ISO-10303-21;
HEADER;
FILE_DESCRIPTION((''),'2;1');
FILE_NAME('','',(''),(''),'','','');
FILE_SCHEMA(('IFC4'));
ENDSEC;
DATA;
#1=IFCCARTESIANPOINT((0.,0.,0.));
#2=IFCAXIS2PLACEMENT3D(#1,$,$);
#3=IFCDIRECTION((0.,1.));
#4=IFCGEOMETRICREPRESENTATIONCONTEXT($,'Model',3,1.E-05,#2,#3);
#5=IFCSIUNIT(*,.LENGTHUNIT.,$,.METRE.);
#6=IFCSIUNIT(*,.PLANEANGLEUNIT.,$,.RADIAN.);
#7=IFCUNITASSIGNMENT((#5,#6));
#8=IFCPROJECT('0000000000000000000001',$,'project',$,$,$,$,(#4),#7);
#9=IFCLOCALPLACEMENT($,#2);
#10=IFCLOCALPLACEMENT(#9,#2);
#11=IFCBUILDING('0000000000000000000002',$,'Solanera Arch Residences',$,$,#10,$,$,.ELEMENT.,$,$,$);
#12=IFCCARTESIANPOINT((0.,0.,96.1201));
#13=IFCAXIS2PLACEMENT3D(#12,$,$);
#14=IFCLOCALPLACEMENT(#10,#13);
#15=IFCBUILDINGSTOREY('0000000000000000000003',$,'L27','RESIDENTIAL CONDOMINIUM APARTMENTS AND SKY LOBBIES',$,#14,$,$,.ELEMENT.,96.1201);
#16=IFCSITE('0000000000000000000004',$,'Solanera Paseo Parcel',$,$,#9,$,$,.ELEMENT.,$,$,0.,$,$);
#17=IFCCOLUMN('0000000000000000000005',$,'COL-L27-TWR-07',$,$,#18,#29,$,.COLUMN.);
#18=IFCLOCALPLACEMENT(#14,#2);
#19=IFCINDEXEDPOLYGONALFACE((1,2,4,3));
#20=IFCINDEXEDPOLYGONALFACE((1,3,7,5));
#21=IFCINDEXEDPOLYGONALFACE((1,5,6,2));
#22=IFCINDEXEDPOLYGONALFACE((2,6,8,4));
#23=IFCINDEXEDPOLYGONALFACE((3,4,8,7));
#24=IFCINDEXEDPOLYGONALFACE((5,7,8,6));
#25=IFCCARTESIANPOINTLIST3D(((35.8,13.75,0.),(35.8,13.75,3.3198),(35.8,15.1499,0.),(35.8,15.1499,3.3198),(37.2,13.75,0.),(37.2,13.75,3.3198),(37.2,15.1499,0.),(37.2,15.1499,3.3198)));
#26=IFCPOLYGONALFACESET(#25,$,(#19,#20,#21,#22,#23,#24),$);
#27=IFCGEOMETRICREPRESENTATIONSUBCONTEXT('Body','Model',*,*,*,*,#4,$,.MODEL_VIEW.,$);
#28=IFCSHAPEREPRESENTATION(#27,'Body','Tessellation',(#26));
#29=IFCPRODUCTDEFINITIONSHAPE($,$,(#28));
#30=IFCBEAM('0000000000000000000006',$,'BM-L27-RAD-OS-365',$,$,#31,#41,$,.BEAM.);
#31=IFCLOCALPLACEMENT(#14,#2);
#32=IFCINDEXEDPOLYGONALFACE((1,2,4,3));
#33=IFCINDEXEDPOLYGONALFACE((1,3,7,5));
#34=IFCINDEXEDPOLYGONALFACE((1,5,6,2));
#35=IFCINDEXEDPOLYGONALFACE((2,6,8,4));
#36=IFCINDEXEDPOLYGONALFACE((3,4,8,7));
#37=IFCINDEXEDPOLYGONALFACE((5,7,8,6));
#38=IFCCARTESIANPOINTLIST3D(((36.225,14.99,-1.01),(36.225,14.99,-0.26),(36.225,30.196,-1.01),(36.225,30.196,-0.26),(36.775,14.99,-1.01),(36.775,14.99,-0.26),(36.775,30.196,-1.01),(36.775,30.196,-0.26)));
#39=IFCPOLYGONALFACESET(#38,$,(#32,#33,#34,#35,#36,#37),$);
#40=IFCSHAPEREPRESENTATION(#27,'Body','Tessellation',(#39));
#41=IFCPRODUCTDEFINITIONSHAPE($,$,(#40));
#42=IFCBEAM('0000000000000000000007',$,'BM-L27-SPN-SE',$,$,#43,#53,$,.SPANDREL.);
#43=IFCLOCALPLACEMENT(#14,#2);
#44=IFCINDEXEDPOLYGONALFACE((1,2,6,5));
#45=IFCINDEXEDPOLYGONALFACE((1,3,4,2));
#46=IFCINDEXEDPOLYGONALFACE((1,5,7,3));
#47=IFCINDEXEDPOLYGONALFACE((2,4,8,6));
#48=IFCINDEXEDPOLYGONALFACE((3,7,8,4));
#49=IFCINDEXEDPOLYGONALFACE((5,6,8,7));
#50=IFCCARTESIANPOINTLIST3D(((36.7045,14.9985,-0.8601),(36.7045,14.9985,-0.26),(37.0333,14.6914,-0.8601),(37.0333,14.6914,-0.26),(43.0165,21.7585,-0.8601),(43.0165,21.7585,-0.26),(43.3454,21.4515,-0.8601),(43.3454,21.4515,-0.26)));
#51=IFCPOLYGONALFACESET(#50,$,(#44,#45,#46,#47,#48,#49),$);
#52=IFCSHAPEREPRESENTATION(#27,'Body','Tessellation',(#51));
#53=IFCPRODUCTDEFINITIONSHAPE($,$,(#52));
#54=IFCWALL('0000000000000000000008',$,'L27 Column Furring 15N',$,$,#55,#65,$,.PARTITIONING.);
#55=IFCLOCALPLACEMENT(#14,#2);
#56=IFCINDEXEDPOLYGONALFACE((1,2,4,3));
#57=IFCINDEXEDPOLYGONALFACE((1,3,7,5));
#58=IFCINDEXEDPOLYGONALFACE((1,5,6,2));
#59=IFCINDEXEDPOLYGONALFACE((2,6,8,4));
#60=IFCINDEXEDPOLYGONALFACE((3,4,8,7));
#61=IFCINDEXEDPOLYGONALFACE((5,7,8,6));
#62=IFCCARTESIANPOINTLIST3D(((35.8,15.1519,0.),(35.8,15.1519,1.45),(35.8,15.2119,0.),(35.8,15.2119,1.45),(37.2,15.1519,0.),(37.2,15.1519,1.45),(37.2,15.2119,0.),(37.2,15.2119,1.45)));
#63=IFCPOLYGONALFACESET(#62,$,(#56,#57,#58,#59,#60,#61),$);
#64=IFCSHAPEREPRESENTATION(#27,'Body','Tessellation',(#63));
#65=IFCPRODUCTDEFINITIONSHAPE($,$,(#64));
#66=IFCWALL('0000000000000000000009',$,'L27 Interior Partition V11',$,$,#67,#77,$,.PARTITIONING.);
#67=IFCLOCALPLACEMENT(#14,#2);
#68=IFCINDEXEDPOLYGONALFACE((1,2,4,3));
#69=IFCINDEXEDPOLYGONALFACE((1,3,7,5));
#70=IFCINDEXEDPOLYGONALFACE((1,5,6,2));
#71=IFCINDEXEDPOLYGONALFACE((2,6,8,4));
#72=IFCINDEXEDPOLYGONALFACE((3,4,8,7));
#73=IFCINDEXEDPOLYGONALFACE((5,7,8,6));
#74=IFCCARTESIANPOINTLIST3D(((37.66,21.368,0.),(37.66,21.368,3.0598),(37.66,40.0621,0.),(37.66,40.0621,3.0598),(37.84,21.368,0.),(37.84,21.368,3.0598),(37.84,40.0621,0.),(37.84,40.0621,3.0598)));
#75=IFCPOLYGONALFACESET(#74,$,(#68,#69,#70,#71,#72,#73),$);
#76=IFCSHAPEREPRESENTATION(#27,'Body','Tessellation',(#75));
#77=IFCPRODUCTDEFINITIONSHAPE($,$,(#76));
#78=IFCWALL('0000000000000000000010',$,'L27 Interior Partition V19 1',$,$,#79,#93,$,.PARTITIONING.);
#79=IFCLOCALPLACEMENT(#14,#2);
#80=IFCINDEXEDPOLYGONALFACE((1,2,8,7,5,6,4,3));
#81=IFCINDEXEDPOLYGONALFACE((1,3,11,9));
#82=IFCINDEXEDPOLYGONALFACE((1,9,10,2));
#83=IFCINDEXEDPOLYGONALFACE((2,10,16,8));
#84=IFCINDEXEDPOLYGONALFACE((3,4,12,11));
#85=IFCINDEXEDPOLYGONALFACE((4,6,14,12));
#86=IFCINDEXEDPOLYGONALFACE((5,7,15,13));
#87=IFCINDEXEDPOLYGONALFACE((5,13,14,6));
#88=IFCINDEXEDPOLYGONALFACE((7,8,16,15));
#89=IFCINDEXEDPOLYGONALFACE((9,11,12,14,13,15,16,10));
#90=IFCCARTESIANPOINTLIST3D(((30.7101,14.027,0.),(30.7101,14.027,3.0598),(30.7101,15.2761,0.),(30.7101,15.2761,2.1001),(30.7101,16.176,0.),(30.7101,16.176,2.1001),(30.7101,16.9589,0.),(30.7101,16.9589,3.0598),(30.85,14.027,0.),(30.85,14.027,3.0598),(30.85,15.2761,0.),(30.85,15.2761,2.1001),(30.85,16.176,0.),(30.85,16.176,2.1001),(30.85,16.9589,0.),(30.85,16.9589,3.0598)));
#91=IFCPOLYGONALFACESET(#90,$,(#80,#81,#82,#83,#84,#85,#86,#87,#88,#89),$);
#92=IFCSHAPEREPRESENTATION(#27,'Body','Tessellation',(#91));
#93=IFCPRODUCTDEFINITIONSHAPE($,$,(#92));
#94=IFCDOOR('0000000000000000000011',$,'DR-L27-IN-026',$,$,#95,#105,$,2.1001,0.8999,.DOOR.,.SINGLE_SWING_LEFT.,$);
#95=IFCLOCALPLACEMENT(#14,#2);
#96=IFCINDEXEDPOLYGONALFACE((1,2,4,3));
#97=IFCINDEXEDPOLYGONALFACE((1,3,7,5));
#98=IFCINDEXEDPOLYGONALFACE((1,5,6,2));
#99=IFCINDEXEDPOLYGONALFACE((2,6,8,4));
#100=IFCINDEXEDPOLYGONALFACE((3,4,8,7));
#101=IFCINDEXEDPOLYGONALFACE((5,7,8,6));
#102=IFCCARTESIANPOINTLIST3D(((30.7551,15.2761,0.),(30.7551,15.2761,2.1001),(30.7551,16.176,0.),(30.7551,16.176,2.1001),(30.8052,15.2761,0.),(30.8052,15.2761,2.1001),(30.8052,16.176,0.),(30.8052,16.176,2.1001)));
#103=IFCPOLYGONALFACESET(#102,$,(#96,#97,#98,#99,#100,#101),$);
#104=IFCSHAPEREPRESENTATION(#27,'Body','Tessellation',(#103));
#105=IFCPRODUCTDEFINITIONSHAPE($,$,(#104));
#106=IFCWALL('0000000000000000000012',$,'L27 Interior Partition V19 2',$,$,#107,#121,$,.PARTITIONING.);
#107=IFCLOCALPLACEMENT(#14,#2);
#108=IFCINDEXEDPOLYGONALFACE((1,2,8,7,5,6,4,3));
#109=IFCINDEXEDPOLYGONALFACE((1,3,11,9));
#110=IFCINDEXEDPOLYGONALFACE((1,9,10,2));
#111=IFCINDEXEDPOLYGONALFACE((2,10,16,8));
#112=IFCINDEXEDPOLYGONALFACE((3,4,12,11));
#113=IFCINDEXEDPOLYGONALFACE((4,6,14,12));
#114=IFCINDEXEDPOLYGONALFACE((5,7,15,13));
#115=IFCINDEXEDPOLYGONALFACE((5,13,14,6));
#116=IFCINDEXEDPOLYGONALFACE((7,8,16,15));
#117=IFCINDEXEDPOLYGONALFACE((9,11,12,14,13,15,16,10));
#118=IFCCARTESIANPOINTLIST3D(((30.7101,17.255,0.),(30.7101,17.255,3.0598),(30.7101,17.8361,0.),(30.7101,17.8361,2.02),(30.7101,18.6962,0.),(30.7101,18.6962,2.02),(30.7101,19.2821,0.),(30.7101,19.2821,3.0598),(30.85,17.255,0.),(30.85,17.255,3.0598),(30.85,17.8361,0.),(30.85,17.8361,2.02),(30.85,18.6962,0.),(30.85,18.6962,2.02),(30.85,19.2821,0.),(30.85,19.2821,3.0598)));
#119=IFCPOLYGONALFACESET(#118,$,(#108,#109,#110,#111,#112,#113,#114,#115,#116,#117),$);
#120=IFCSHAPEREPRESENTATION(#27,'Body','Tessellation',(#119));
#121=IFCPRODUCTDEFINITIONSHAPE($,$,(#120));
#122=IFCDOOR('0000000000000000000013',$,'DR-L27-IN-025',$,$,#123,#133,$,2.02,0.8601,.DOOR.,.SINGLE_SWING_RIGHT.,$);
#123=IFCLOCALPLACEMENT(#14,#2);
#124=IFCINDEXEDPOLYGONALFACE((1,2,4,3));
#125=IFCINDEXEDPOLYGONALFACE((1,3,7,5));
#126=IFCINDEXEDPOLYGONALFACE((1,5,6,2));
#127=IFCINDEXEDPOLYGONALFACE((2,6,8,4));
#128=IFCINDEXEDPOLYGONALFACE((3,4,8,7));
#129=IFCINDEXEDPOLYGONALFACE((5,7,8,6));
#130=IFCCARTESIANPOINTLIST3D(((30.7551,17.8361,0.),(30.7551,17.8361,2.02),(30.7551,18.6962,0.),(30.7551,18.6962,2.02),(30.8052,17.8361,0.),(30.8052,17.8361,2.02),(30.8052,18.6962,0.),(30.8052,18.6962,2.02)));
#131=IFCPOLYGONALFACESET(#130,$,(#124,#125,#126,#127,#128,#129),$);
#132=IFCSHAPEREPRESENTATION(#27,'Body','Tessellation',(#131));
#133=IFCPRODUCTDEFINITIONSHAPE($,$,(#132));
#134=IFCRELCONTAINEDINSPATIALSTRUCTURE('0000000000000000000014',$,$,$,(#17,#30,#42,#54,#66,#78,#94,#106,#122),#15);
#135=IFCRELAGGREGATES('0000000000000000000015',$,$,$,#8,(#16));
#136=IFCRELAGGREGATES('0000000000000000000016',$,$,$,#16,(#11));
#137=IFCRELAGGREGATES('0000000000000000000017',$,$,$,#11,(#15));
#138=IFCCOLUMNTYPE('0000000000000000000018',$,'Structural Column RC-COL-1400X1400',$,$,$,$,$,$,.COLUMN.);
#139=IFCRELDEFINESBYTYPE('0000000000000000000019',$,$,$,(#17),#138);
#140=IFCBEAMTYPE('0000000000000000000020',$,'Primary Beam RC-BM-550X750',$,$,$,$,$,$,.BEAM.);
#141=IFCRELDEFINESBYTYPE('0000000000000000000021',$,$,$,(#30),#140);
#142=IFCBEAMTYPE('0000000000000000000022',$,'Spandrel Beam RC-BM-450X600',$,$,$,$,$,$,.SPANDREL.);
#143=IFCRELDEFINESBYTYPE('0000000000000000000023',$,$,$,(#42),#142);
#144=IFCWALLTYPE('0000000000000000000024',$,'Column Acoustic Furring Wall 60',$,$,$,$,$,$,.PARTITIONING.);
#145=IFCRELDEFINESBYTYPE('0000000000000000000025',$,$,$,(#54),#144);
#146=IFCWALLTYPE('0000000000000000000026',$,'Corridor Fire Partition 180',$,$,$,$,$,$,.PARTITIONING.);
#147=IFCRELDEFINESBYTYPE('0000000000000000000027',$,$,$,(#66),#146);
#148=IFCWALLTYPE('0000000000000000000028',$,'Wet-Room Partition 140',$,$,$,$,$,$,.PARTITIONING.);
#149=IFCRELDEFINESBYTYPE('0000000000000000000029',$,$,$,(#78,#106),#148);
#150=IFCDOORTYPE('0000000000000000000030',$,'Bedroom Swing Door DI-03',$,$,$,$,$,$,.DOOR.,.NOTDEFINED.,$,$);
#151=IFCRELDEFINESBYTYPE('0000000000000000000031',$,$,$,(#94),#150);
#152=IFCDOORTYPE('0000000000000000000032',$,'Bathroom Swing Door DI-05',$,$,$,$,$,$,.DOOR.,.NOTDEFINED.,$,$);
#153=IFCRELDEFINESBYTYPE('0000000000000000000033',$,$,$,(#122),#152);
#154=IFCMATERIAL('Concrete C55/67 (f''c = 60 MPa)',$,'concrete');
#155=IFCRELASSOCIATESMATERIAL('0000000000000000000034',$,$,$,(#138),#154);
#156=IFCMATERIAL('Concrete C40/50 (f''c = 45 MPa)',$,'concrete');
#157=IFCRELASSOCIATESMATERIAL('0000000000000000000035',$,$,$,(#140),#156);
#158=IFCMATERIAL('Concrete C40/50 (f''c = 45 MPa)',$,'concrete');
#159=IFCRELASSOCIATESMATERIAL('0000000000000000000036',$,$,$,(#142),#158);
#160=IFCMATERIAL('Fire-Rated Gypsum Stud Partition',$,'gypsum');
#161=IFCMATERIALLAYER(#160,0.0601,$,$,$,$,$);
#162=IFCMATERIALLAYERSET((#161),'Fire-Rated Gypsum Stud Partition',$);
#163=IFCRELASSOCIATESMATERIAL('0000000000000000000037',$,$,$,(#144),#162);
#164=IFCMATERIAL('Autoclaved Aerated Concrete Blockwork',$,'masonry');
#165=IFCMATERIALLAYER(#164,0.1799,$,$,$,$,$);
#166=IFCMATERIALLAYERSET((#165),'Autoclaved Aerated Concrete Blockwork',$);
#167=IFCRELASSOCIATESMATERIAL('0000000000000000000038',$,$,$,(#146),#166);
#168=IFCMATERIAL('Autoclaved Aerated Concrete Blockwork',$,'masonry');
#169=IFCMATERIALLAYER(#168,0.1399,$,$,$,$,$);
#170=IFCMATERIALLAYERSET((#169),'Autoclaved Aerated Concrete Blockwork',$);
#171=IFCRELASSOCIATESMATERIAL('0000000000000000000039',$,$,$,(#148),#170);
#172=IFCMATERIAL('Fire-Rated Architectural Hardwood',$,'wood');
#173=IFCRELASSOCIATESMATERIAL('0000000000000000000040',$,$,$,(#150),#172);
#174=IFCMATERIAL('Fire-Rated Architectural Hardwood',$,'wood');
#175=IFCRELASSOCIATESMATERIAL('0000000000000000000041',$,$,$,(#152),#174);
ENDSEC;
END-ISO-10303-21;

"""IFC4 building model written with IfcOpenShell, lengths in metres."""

from ifc_helpers import new_model, si_unit, direction, frame, frame_2d, origin, origin_2d, place, context, subcontext, project, spatial, rectangle, extrude, material, layer, layer_set, material_profile, profile_set, type_object, element, fill, save


model = new_model("IFC4")

# Units and contexts
model_context = context("Model", 3, precision=1e-05, world=origin(), true_north=direction((0.0, 1.0)))
body_context = subcontext(model_context, "Body", "Model", "MODEL_VIEW")
ifc_project = project(units=[si_unit("LENGTHUNIT", "METRE"), si_unit("PLANEANGLEUNIT", "RADIAN")], contexts=[model_context])

# Site, building, storey
site_placement = place(None, origin())
site = spatial("IfcSite", under=ifc_project, at=site_placement, Name="Solanera Paseo Parcel", CompositionType="ELEMENT", RefElevation=0.0)
building_placement = place(site_placement, origin())
building = spatial("IfcBuilding", under=site, at=building_placement, Name="Solanera Arch Residences", CompositionType="ELEMENT")
storey_placement = place(building_placement, frame((0.0, 0.0, 96.1201)))
storey = spatial("IfcBuildingStorey", under=building, at=storey_placement, Name="L27", Description="RESIDENTIAL CONDOMINIUM APARTMENTS AND SKY LOBBIES", CompositionType="ELEMENT", Elevation=96.1201)

# Column
ifc_material_1 = material(Name="Concrete C55/67 (f'c = 60 MPa)", Category="concrete")
ifc_material_profile_1 = material_profile(ifc_material_1, rectangle(XDim=1.3999, YDim=1.3999, at=origin_2d()))
ifc_profile_set_1 = profile_set([ifc_material_profile_1], Name="Concrete C55/67 (f'c = 60 MPa)")
column_type = type_object("IfcColumnType", Name="Structural Column RC-COL-1400X1400", PredefinedType="COLUMN", material=ifc_profile_set_1)
column_placement = place(storey_placement, frame((36.5, 14.45, 0.0), z_axis=(0.0, 0.0, 1.0), x_axis=(1.0, 0.0, 0.0)))
element("IfcColumn", 1, at=column_placement, inside=storey, type_object=column_type, Name="COL-L27-TWR-07", PredefinedType="COLUMN", context=body_context, shape_type="SweptSolid", body=[
    extrude(rectangle(XDim=1.3999, YDim=1.3999, at=origin_2d()), origin(), (0.0, 0.0, 1.0), 3.3198),
])

# Beams
ifc_material_2 = material(Name="Concrete C40/50 (f'c = 45 MPa)", Category="concrete")
ifc_material_profile_2 = material_profile(ifc_material_2, rectangle(XDim=0.55, YDim=0.75, at=origin_2d()))
ifc_profile_set_2 = profile_set([ifc_material_profile_2], Name="Concrete C40/50 (f'c = 45 MPa)")
beam_type_1 = type_object("IfcBeamType", Name="Primary Beam RC-BM-550X750", PredefinedType="BEAM", material=ifc_profile_set_2)
beam_1_placement = place(storey_placement, frame((36.5, 14.99, -0.635), z_axis=(0.0, 1.0, 0.0), x_axis=(-1.0, 0.0, 0.0)))
element("IfcBeam", 2, at=beam_1_placement, inside=storey, type_object=beam_type_1, Name="BM-L27-RAD-OS-365", PredefinedType="BEAM", context=body_context, shape_type="SweptSolid", body=[
    extrude(rectangle(XDim=0.55, YDim=0.75, at=origin_2d()), origin(), (0.0, 0.0, 1.0), 15.2061),
])
ifc_material_3 = material(Name="Concrete C40/50 (f'c = 45 MPa)", Category="concrete")
ifc_material_profile_3 = material_profile(ifc_material_3, rectangle(XDim=0.45, YDim=0.6001, at=origin_2d()))
ifc_profile_set_3 = profile_set([ifc_material_profile_3], Name="Concrete C40/50 (f'c = 45 MPa)")
beam_type_2 = type_object("IfcBeamType", Name="Spandrel Beam RC-BM-450X600", PredefinedType="SPANDREL", material=ifc_profile_set_3)
beam_2_placement = place(storey_placement, frame((36.8689, 14.845, -0.5601), z_axis=(0.682472, 0.730911, 0.0), x_axis=(-0.730911, 0.682472, 0.0)))
element("IfcBeam", 3, at=beam_2_placement, inside=storey, type_object=beam_type_2, Name="BM-L27-SPN-SE", PredefinedType="SPANDREL", context=body_context, shape_type="SweptSolid", body=[
    extrude(rectangle(XDim=0.45, YDim=0.6001, at=origin_2d()), origin(), (0.0, 0.0, 1.0), 9.2488),
])

# Walls
ifc_material_4 = material(Name="Fire-Rated Gypsum Stud Partition", Category="gypsum")
ifc_layer_1 = layer(ifc_material_4, 0.0601)
ifc_layer_set_1 = layer_set([ifc_layer_1], Name="Fire-Rated Gypsum Stud Partition")
wall_type_1 = type_object("IfcWallType", Name="Column Acoustic Furring Wall 60", PredefinedType="PARTITIONING", material=ifc_layer_set_1)
wall_1_placement = place(storey_placement, frame((35.8, 15.1819, 0.0), z_axis=(0.0, 0.0, 1.0), x_axis=(1.0, 0.0, 0.0)))
element("IfcWall", 4, at=wall_1_placement, inside=storey, type_object=wall_type_1, Name="L27 Column Furring 15N", PredefinedType="PARTITIONING", context=body_context, shape_type="SweptSolid", body=[
    extrude(rectangle(XDim=1.3999, YDim=0.0601, at=frame_2d((0.7, 0.0))), origin(), (0.0, 0.0, 1.0), 1.45),
])
ifc_material_5 = material(Name="Autoclaved Aerated Concrete Blockwork", Category="masonry")
ifc_layer_2 = layer(ifc_material_5, 0.1799)
ifc_layer_set_2 = layer_set([ifc_layer_2], Name="Autoclaved Aerated Concrete Blockwork")
wall_type_2 = type_object("IfcWallType", Name="Corridor Fire Partition 180", PredefinedType="PARTITIONING", material=ifc_layer_set_2)
wall_2_placement = place(storey_placement, frame((37.75, 21.3679, 0.0), z_axis=(0.0, 0.0, 1.0), x_axis=(0.0, 1.0, 0.0)))
element("IfcWall", 5, at=wall_2_placement, inside=storey, type_object=wall_type_2, Name="L27 Interior Partition V11", PredefinedType="PARTITIONING", context=body_context, shape_type="SweptSolid", body=[
    extrude(rectangle(XDim=18.6941, YDim=0.1799, at=frame_2d((9.3472, 0.0))), origin(), (0.0, 0.0, 1.0), 3.0598),
])

# Walls, openings, doors
ifc_material_6 = material(Name="Autoclaved Aerated Concrete Blockwork", Category="masonry")
ifc_layer_3 = layer(ifc_material_6, 0.1399)
ifc_layer_set_3 = layer_set([ifc_layer_3], Name="Autoclaved Aerated Concrete Blockwork")
wall_type_3 = type_object("IfcWallType", Name="Wet-Room Partition 140", PredefinedType="PARTITIONING", material=ifc_layer_set_3)
wall_3_placement = place(storey_placement, frame((30.78, 14.0271, 0.0), z_axis=(0.0, 0.0, 1.0), x_axis=(0.0, 1.0, 0.0)))
wall_3 = element("IfcWall", 6, at=wall_3_placement, inside=storey, type_object=wall_type_3, Name="L27 Interior Partition V19 1", PredefinedType="PARTITIONING", context=body_context, shape_type="SweptSolid", body=[
    extrude(rectangle(XDim=2.9319, YDim=0.1399, at=frame_2d((1.4658, 0.0))), origin(), (0.0, 0.0, 1.0), 3.0598),
])
opening_1_placement = place(wall_3_placement, frame((1.249, 0.0, 0.0)))
opening_1 = element("IfcOpeningElement", 7, at=opening_1_placement, cuts=wall_3, PredefinedType="OPENING", context=body_context, shape_type="SweptSolid", body=[
    extrude(rectangle(XDim=0.8999, YDim=2.1001, at=frame_2d((0.45, 1.05))), frame((0.0, 0.0798, 0.0), z_axis=(0.0, -1.0, 0.0), x_axis=(1.0, 0.0, 0.0)), (0.0, 0.0, 1.0), 0.1599),
])
ifc_material_7 = material(Name="Fire-Rated Architectural Hardwood", Category="wood")
door_type_1 = type_object("IfcDoorType", Name="Bedroom Swing Door DI-03", OperationType="NOTDEFINED", PredefinedType="DOOR", material=ifc_material_7)
door_1_placement = place(opening_1_placement, origin())
door_1 = element("IfcDoor", 8, at=door_1_placement, inside=storey, type_object=door_type_1, Name="DR-L27-IN-026", OperationType="SINGLE_SWING_LEFT", OverallHeight=2.1001, OverallWidth=0.8999, PredefinedType="DOOR", context=body_context, shape_type="SweptSolid", body=[
    extrude(rectangle(XDim=0.8999, YDim=2.1001, at=frame_2d((0.45, 1.05))), frame((0.0, 0.0249, 0.0), z_axis=(0.0, -1.0, 0.0), x_axis=(1.0, 0.0, 0.0)), (0.0, 0.0, 1.0), 0.05),
])
fill(opening_1, door_1)
wall_4_placement = place(storey_placement, frame((30.78, 17.2549, 0.0), z_axis=(0.0, 0.0, 1.0), x_axis=(0.0, 1.0, 0.0)))
wall_4 = element("IfcWall", 9, at=wall_4_placement, inside=storey, type_object=wall_type_3, Name="L27 Interior Partition V19 2", PredefinedType="PARTITIONING", context=body_context, shape_type="SweptSolid", body=[
    extrude(rectangle(XDim=2.0271, YDim=0.1399, at=frame_2d((1.0137, 0.0))), origin(), (0.0, 0.0, 1.0), 3.0598),
])
opening_2_placement = place(wall_4_placement, frame((0.5811, 0.0, 0.0)))
opening_2 = element("IfcOpeningElement", 10, at=opening_2_placement, cuts=wall_4, PredefinedType="OPENING", context=body_context, shape_type="SweptSolid", body=[
    extrude(rectangle(XDim=0.8601, YDim=2.02, at=frame_2d((0.4302, 1.01))), frame((0.0, 0.0798, 0.0), z_axis=(0.0, -1.0, 0.0), x_axis=(1.0, 0.0, 0.0)), (0.0, 0.0, 1.0), 0.1599),
])
ifc_material_8 = material(Name="Fire-Rated Architectural Hardwood", Category="wood")
door_type_2 = type_object("IfcDoorType", Name="Bathroom Swing Door DI-05", OperationType="NOTDEFINED", PredefinedType="DOOR", material=ifc_material_8)
door_2_placement = place(opening_2_placement, origin())
door_2 = element("IfcDoor", 11, at=door_2_placement, inside=storey, type_object=door_type_2, Name="DR-L27-IN-025", OperationType="SINGLE_SWING_RIGHT", OverallHeight=2.02, OverallWidth=0.8601, PredefinedType="DOOR", context=body_context, shape_type="SweptSolid", body=[
    extrude(rectangle(XDim=0.8601, YDim=2.02, at=frame_2d((0.4302, 1.01))), frame((0.0, 0.0249, 0.0), z_axis=(0.0, -1.0, 0.0), x_axis=(1.0, 0.0, 0.0)), (0.0, 0.0, 1.0), 0.05),
])
fill(opening_2, door_2)

save(model, "model.ifc")
